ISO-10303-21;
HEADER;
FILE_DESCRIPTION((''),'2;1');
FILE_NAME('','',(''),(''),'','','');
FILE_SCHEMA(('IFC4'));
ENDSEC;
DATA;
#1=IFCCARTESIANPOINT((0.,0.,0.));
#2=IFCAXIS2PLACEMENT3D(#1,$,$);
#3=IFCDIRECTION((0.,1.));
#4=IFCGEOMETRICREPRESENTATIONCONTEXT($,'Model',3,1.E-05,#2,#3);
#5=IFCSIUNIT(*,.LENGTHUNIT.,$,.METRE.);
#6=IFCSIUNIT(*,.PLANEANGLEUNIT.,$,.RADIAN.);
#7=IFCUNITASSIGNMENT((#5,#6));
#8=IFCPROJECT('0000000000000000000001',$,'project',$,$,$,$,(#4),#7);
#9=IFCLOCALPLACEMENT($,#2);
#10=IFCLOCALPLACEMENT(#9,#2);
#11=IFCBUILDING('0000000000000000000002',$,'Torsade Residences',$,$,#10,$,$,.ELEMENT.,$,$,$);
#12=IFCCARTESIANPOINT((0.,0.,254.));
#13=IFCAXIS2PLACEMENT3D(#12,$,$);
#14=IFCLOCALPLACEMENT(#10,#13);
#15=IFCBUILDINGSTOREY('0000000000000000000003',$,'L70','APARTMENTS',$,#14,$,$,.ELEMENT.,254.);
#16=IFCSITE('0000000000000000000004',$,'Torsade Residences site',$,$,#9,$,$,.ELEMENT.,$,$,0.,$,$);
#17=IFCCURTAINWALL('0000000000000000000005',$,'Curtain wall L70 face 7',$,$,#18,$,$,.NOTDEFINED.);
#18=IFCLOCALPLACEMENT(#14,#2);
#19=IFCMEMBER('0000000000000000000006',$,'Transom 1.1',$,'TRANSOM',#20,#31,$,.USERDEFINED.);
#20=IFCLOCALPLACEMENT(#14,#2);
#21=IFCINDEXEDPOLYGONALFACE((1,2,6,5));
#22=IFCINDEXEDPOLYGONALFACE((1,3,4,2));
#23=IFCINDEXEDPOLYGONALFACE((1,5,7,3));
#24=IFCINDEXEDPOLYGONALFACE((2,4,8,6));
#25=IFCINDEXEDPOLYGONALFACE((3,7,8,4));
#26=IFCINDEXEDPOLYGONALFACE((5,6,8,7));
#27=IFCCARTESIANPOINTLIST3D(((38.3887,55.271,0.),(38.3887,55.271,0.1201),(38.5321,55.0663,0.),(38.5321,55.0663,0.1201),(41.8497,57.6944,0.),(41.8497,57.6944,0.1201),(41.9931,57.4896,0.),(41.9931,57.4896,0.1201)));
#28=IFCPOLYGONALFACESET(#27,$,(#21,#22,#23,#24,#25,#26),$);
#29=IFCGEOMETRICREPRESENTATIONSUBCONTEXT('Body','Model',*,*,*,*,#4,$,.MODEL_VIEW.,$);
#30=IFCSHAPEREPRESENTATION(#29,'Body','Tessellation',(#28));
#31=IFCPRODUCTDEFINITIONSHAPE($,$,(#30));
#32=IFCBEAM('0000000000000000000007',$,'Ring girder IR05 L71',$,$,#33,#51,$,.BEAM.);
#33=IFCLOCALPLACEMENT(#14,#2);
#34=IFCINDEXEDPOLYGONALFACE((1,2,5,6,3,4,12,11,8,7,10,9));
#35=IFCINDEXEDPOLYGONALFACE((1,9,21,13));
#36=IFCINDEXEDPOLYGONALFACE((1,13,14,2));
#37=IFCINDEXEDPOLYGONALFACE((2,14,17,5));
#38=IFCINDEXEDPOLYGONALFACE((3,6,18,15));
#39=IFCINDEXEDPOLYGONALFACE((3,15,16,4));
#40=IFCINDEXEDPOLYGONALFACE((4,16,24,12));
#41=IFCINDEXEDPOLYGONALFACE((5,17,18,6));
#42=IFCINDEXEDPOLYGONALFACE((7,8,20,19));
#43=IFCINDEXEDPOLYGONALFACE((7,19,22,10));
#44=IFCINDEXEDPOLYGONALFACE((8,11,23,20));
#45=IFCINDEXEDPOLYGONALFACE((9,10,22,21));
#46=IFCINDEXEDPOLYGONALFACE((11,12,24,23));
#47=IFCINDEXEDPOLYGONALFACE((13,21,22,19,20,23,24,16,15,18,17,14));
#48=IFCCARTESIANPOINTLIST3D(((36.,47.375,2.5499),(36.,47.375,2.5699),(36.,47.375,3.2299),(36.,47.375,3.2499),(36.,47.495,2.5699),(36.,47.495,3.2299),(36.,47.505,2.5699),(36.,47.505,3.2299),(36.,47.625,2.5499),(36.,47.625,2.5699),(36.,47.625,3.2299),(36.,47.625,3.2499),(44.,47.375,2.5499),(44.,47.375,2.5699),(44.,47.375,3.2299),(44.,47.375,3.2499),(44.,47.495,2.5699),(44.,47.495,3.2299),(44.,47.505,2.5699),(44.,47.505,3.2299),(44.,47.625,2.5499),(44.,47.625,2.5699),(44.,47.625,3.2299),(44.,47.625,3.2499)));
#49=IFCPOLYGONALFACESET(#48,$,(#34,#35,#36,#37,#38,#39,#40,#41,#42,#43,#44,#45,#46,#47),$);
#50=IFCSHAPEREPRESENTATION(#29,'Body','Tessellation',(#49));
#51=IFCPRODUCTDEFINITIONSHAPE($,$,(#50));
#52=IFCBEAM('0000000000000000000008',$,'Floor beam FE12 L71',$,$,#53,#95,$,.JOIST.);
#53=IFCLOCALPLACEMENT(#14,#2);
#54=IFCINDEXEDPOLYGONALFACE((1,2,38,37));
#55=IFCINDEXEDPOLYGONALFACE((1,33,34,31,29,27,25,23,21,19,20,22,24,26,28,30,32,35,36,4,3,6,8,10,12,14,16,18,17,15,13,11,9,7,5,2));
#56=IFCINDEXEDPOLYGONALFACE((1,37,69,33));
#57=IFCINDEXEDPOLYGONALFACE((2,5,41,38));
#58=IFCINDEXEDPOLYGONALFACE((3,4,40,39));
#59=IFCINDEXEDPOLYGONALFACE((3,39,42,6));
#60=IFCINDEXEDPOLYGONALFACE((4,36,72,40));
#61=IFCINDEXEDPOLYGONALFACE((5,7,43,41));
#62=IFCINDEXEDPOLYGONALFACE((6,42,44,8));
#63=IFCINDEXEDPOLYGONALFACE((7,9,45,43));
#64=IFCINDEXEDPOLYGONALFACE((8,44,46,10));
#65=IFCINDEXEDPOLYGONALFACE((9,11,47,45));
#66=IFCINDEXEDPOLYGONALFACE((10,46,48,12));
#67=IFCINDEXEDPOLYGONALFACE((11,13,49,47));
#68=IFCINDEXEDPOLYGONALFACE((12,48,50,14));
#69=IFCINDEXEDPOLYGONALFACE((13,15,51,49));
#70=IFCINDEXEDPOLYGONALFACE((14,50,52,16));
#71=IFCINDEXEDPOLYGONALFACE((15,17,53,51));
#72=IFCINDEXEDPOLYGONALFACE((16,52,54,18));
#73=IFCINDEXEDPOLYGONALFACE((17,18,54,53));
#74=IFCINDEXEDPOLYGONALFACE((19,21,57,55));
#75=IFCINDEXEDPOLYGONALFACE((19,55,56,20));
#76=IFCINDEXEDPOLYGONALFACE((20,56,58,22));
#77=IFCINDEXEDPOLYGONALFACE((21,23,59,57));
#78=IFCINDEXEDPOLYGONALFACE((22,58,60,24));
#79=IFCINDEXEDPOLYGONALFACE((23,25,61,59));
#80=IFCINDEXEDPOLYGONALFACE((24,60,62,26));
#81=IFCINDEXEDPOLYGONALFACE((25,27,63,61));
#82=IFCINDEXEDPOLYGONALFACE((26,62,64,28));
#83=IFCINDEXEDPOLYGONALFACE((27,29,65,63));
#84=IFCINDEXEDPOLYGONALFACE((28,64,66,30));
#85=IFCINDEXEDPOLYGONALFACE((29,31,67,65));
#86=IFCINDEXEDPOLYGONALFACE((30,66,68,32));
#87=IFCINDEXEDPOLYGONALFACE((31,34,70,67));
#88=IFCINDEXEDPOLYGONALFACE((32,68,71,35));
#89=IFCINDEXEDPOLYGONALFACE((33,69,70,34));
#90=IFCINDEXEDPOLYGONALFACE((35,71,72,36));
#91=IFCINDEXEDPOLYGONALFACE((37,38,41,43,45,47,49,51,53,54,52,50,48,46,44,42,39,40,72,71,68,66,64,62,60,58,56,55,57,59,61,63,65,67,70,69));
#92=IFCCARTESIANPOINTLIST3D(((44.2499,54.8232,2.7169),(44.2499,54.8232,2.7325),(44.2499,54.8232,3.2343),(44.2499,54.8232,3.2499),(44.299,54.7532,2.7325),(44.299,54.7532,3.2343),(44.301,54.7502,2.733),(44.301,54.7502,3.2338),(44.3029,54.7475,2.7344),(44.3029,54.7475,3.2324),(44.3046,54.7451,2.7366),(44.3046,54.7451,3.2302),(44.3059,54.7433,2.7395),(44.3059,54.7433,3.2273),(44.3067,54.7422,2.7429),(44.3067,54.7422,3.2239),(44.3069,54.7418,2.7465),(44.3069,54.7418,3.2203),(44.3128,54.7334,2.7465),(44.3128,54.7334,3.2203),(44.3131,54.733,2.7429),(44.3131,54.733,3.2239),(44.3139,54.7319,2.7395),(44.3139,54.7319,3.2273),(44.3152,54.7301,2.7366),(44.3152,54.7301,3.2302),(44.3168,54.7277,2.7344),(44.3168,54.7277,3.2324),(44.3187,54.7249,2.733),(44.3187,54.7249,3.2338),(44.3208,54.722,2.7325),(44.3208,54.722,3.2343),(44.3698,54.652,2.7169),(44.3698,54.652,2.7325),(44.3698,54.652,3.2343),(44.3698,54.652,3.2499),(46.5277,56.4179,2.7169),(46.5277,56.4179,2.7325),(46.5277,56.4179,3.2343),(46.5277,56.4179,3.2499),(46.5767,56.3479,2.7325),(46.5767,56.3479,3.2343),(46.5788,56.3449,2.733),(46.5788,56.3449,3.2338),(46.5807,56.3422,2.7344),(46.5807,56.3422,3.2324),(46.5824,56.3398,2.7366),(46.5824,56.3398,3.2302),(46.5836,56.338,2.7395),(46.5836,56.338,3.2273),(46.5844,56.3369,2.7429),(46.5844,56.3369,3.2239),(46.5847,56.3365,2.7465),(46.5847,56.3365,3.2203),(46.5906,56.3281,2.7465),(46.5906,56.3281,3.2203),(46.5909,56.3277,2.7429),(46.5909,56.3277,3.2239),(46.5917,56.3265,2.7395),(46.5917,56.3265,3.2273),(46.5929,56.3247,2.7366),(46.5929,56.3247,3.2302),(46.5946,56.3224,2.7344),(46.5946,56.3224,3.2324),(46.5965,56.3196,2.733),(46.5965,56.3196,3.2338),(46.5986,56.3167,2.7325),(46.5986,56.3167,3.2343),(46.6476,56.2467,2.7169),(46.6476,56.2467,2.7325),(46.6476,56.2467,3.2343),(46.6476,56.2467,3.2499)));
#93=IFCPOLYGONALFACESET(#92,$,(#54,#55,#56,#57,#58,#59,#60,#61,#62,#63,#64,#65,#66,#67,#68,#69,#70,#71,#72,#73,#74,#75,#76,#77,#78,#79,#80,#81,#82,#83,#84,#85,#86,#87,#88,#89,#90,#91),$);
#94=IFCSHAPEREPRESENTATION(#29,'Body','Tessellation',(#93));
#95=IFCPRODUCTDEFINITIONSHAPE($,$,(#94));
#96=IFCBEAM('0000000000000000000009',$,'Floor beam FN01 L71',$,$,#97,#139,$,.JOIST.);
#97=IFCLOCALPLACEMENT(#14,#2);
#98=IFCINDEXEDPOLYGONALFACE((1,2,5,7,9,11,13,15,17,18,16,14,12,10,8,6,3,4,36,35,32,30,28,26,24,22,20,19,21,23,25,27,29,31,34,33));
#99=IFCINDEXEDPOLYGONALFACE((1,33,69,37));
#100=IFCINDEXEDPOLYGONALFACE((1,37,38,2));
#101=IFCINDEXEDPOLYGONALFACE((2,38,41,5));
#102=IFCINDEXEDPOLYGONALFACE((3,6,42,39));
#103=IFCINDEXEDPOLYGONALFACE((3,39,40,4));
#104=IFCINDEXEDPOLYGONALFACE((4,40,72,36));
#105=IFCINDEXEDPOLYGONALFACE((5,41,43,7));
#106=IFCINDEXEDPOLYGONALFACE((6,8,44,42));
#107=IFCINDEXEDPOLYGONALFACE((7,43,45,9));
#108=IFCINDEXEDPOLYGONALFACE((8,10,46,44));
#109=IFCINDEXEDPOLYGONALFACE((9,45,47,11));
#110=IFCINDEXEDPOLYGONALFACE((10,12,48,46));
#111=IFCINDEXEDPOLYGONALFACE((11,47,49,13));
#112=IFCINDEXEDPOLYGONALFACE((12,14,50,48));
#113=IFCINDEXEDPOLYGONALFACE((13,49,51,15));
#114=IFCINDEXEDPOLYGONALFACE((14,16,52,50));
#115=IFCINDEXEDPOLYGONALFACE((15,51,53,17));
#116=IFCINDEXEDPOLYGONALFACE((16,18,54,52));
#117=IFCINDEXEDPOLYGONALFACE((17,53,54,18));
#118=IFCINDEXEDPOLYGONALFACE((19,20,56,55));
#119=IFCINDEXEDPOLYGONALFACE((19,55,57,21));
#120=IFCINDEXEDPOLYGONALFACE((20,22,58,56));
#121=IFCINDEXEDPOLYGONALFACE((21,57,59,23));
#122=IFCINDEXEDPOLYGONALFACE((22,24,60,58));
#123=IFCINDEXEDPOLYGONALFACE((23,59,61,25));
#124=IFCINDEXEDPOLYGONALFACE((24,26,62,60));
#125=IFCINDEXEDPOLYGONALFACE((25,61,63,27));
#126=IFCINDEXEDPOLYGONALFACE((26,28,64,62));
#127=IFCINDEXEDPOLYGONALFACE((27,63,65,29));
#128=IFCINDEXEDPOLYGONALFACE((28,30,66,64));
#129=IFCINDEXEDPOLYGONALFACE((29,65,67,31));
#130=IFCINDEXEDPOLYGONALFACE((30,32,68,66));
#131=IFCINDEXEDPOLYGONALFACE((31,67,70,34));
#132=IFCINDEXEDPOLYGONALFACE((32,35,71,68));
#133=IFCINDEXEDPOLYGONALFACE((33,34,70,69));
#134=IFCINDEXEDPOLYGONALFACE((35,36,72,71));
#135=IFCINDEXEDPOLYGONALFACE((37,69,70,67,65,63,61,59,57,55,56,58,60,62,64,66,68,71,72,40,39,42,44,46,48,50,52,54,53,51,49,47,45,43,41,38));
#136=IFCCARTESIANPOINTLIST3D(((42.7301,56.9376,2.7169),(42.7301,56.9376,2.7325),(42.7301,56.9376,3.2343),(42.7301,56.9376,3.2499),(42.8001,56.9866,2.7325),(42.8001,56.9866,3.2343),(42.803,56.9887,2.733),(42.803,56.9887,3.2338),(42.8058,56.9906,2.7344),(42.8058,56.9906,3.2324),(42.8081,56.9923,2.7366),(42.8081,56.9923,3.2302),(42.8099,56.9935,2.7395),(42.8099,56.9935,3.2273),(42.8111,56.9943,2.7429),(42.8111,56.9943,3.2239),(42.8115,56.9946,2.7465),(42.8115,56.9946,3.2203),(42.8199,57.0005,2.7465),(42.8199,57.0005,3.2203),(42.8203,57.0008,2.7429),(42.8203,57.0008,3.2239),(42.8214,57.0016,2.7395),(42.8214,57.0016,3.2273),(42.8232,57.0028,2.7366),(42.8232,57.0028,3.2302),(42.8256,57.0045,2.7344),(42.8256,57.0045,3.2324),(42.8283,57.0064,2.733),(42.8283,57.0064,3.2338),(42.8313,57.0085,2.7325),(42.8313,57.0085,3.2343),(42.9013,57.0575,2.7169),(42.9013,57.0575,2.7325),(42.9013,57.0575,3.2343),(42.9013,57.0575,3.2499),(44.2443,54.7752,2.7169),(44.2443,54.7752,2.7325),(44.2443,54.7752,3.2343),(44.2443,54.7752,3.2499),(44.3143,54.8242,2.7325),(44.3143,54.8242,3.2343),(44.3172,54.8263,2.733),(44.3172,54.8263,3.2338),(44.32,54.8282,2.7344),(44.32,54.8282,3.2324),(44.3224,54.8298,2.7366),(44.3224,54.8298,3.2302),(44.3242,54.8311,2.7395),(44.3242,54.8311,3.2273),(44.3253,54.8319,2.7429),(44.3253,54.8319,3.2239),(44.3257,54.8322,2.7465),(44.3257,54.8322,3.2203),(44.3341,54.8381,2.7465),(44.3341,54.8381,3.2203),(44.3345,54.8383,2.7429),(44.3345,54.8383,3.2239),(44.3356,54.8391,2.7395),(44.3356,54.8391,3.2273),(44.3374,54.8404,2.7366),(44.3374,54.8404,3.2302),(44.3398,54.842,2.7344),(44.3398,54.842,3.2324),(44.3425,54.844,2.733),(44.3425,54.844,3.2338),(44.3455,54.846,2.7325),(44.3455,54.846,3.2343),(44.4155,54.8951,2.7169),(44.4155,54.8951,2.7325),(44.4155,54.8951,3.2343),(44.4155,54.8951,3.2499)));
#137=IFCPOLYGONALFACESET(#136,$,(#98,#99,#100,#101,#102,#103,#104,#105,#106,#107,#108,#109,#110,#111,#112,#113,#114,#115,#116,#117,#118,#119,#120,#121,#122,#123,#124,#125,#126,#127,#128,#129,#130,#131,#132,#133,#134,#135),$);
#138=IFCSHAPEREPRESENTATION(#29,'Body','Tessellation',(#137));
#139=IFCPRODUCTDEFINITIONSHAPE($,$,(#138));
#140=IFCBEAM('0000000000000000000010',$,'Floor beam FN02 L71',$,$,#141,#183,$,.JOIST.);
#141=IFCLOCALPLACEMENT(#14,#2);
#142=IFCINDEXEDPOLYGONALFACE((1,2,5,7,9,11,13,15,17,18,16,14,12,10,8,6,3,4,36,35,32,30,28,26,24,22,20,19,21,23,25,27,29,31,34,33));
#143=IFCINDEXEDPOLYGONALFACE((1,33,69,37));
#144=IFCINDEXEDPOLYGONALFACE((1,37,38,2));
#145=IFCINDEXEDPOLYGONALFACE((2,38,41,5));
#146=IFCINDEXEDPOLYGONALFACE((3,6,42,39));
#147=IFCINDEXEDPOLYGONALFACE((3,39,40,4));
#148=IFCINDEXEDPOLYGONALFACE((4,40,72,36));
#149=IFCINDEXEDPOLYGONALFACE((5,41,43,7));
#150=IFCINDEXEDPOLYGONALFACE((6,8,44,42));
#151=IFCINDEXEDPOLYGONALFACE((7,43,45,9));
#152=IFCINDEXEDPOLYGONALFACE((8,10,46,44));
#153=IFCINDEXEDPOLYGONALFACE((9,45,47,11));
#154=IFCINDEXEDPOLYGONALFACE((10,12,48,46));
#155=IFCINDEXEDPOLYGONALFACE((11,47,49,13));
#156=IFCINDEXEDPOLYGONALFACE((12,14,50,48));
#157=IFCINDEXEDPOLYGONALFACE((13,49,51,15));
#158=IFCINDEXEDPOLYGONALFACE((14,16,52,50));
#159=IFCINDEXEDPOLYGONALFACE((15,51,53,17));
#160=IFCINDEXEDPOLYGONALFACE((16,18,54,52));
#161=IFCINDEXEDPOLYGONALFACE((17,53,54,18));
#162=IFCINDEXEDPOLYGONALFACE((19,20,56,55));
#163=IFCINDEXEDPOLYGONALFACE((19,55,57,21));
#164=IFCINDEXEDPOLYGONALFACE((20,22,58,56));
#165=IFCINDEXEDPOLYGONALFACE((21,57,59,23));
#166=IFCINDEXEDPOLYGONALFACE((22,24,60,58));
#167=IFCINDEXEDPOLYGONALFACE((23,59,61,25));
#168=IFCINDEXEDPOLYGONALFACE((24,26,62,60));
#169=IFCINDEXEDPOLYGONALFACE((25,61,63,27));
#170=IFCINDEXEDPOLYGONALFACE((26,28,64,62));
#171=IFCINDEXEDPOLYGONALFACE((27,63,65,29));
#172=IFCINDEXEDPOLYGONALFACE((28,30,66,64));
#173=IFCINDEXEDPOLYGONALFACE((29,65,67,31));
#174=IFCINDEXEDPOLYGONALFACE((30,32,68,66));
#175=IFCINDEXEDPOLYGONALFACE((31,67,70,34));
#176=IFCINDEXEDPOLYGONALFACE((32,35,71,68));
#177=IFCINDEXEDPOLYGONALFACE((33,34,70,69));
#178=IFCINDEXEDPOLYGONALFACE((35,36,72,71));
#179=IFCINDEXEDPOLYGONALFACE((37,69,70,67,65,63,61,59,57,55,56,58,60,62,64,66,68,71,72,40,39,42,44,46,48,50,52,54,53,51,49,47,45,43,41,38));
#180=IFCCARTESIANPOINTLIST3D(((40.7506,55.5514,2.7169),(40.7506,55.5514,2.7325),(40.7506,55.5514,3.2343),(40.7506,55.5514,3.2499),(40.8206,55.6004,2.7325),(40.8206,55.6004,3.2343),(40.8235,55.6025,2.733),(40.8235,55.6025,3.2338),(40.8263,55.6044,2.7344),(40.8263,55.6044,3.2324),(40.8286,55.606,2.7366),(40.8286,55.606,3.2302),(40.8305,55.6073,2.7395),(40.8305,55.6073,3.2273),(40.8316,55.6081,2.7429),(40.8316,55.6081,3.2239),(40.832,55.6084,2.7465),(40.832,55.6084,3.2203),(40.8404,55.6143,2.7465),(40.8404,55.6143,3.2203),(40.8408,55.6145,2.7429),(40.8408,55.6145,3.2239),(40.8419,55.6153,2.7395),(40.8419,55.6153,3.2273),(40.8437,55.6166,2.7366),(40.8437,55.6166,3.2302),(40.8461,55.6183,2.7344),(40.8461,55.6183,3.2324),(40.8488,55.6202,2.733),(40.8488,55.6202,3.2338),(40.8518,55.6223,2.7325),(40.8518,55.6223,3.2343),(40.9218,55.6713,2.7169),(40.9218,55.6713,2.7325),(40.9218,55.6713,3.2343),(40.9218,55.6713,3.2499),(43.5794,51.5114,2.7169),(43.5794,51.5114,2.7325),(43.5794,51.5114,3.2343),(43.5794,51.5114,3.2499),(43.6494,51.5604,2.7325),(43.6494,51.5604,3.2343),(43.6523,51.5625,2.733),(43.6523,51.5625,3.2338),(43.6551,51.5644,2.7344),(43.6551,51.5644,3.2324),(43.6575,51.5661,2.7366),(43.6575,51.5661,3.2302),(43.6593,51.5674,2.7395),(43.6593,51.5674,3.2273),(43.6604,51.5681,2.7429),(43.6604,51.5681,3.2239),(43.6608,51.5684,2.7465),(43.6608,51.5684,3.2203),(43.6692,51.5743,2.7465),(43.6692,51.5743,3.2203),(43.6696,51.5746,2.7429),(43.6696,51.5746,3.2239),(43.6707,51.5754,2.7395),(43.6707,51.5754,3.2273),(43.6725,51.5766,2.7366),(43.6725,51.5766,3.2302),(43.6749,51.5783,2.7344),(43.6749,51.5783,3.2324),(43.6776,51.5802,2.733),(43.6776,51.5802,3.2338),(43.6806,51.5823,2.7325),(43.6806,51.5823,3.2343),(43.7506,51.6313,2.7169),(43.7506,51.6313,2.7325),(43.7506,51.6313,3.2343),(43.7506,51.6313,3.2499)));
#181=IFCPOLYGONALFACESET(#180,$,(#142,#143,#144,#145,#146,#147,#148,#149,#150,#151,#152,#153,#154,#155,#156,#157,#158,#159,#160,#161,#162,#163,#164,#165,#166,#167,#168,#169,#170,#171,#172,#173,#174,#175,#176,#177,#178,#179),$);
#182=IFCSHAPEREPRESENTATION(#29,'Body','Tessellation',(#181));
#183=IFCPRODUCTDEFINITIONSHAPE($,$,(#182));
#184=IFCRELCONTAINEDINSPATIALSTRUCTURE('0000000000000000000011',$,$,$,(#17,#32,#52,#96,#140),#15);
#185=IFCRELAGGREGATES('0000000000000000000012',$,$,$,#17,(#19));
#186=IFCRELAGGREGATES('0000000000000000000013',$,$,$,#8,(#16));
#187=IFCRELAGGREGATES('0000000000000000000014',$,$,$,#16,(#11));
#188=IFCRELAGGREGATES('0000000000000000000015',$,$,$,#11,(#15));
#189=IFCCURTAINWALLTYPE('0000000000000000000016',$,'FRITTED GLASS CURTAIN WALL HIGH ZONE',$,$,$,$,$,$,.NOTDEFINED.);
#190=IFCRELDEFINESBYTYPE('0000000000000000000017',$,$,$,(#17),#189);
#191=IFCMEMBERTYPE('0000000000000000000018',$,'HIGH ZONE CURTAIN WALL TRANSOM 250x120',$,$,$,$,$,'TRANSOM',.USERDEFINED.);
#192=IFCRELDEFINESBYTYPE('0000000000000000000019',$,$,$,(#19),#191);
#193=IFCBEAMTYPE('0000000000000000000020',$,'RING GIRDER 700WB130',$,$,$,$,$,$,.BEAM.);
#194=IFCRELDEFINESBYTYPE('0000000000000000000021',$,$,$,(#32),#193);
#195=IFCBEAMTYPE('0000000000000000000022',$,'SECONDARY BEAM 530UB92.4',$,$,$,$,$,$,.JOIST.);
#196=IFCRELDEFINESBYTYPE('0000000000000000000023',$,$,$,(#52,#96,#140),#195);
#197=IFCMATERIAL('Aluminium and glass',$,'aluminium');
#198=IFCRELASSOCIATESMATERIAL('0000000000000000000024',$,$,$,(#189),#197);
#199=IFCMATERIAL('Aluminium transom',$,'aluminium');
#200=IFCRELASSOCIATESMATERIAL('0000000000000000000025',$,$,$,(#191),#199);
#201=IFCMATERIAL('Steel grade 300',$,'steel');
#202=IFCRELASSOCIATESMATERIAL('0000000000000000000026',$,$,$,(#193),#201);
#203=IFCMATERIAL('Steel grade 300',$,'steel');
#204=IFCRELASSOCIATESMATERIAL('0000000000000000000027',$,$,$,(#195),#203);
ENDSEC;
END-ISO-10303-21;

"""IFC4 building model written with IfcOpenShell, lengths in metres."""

from ifc_helpers import new_model, si_unit, direction, frame, origin, origin_2d, place, context, subcontext, project, spatial, rectangle, i_section, extrude, material, material_profile, profile_set, type_object, element, aggregate, save


model = new_model("IFC4")

# Units and contexts
model_context = context("Model", 3, precision=1e-05, world=origin(), true_north=direction((0.0, 1.0)))
body_context = subcontext(model_context, "Body", "Model", "MODEL_VIEW")
ifc_project = project(units=[si_unit("LENGTHUNIT", "METRE"), si_unit("PLANEANGLEUNIT", "RADIAN")], contexts=[model_context])

# Site, building, storey
site_placement = place(None, origin())
site = spatial("IfcSite", under=ifc_project, at=site_placement, Name="Torsade Residences site", CompositionType="ELEMENT", RefElevation=0.0)
building_placement = place(site_placement, origin())
building = spatial("IfcBuilding", under=site, at=building_placement, Name="Torsade Residences", CompositionType="ELEMENT")
storey_placement = place(building_placement, frame((0.0, 0.0, 254.0)))
storey = spatial("IfcBuildingStorey", under=building, at=storey_placement, Name="L70", Description="APARTMENTS", CompositionType="ELEMENT", Elevation=254.0)

# Shared definitions
ifc_material_1 = material(Name="Aluminium and glass", Category="aluminium")
curtain_wall_type = type_object("IfcCurtainWallType", Name="FRITTED GLASS CURTAIN WALL HIGH ZONE", PredefinedType="NOTDEFINED", material=ifc_material_1)

# Curtain wall, member
curtain_wall_1_placement = place(storey_placement, origin())
curtain_wall_1 = element("IfcCurtainWall", 1, at=curtain_wall_1_placement, inside=storey, type_object=curtain_wall_type, Name="Curtain wall L70 face 7", PredefinedType="NOTDEFINED")
ifc_material_2 = material(Name="Aluminium transom", Category="aluminium")
ifc_material_profile_1 = material_profile(ifc_material_2, rectangle(XDim=0.25, YDim=0.1201, at=origin_2d()), Name="HIGH ZONE CURTAIN WALL TRANSOM 250x120")
ifc_profile_set_1 = profile_set([ifc_material_profile_1], Name="Aluminium transom")
member_type_1 = type_object("IfcMemberType", Name="HIGH ZONE CURTAIN WALL TRANSOM 250x120", ElementType="TRANSOM", PredefinedType="USERDEFINED", material=ifc_profile_set_1)
member_1_placement = place(storey_placement, frame((41.9214, 57.592, 0.0601), z_axis=(-0.819156, -0.573571, 0.0), x_axis=(0.573571, -0.819156, 0.0)))
member_1 = element("IfcMember", 2, at=member_1_placement, type_object=member_type_1, Name="Transom 1.1", ObjectType="TRANSOM", PredefinedType="USERDEFINED", context=body_context, shape_type="SweptSolid", body=[
    extrude(rectangle(XDim=0.25, YDim=0.1201, at=origin_2d()), origin(), (0.0, 0.0, 1.0), 4.2251),
])

# Beams
ifc_material_3 = material(Name="Steel grade 300", Category="steel")
ifc_material_profile_2 = material_profile(ifc_material_3, i_section(OverallWidth=0.25, OverallDepth=0.7, WebThickness=0.01, FlangeThickness=0.02, at=origin_2d()), Name="700WB130")
ifc_profile_set_2 = profile_set([ifc_material_profile_2], Name="Steel grade 300")
beam_type_1 = type_object("IfcBeamType", Name="RING GIRDER 700WB130", PredefinedType="BEAM", material=ifc_profile_set_2)
beam_1_placement = place(storey_placement, frame((44.0, 47.5, 2.8999), z_axis=(-1.0, 0.0, 0.0), x_axis=(0.0, -1.0, 0.0)))
element("IfcBeam", 3, at=beam_1_placement, inside=storey, type_object=beam_type_1, Name="Ring girder IR05 L71", PredefinedType="BEAM", context=body_context, shape_type="SweptSolid", body=[
    extrude(i_section(OverallWidth=0.25, OverallDepth=0.7, WebThickness=0.01, FlangeThickness=0.02, at=origin_2d()), origin(), (0.0, 0.0, 1.0), 8.0),
])
ifc_material_4 = material(Name="Steel grade 300", Category="steel")
ifc_material_profile_3 = material_profile(ifc_material_4, i_section(OverallWidth=0.209, OverallDepth=0.533, WebThickness=0.0103, FlangeThickness=0.0156, FilletRadius=0.0139, at=origin_2d()), Name="530UB92.4")
ifc_profile_set_3 = profile_set([ifc_material_profile_3], Name="Steel grade 300")
beam_type_2 = type_object("IfcBeamType", Name="SECONDARY BEAM 530UB92.4", PredefinedType="JOIST", material=ifc_profile_set_3)
beam_2_placement = place(storey_placement, frame((46.5876, 56.3323, 2.9834), z_axis=(-0.819191, -0.573521, 0.0), x_axis=(0.573521, -0.819191, 0.0)))
element("IfcBeam", 4, at=beam_2_placement, inside=storey, type_object=beam_type_2, Name="Floor beam FE12 L71", PredefinedType="JOIST", context=body_context, shape_type="SweptSolid", body=[
    extrude(i_section(OverallWidth=0.209, OverallDepth=0.533, WebThickness=0.0103, FlangeThickness=0.0156, FilletRadius=0.0139, at=origin_2d()), origin(), (0.0, 0.0, 1.0), 2.7805),
])
beam_3_placement = place(storey_placement, frame((42.8157, 56.9976, 2.9834), z_axis=(0.573593, -0.819141, 0.0), x_axis=(0.819141, 0.573593, 0.0)))
element("IfcBeam", 5, at=beam_3_placement, inside=storey, type_object=beam_type_2, Name="Floor beam FN01 L71", PredefinedType="JOIST", context=body_context, shape_type="SweptSolid", body=[
    extrude(i_section(OverallWidth=0.209, OverallDepth=0.533, WebThickness=0.0103, FlangeThickness=0.0156, FilletRadius=0.0139, at=origin_2d()), origin(), (0.0, 0.0, 1.0), 2.6399),
])
beam_4_placement = place(storey_placement, frame((40.8362, 55.6113, 2.9834), z_axis=(0.573575, -0.819153, 0.0), x_axis=(0.819153, 0.573575, 0.0)))
element("IfcBeam", 6, at=beam_4_placement, inside=storey, type_object=beam_type_2, Name="Floor beam FN02 L71", PredefinedType="JOIST", context=body_context, shape_type="SweptSolid", body=[
    extrude(i_section(OverallWidth=0.209, OverallDepth=0.533, WebThickness=0.0103, FlangeThickness=0.0156, FilletRadius=0.0139, at=origin_2d()), origin(), (0.0, 0.0, 1.0), 4.9319),
])

aggregate(curtain_wall_1, [member_1])

save(model, "model.ifc")
